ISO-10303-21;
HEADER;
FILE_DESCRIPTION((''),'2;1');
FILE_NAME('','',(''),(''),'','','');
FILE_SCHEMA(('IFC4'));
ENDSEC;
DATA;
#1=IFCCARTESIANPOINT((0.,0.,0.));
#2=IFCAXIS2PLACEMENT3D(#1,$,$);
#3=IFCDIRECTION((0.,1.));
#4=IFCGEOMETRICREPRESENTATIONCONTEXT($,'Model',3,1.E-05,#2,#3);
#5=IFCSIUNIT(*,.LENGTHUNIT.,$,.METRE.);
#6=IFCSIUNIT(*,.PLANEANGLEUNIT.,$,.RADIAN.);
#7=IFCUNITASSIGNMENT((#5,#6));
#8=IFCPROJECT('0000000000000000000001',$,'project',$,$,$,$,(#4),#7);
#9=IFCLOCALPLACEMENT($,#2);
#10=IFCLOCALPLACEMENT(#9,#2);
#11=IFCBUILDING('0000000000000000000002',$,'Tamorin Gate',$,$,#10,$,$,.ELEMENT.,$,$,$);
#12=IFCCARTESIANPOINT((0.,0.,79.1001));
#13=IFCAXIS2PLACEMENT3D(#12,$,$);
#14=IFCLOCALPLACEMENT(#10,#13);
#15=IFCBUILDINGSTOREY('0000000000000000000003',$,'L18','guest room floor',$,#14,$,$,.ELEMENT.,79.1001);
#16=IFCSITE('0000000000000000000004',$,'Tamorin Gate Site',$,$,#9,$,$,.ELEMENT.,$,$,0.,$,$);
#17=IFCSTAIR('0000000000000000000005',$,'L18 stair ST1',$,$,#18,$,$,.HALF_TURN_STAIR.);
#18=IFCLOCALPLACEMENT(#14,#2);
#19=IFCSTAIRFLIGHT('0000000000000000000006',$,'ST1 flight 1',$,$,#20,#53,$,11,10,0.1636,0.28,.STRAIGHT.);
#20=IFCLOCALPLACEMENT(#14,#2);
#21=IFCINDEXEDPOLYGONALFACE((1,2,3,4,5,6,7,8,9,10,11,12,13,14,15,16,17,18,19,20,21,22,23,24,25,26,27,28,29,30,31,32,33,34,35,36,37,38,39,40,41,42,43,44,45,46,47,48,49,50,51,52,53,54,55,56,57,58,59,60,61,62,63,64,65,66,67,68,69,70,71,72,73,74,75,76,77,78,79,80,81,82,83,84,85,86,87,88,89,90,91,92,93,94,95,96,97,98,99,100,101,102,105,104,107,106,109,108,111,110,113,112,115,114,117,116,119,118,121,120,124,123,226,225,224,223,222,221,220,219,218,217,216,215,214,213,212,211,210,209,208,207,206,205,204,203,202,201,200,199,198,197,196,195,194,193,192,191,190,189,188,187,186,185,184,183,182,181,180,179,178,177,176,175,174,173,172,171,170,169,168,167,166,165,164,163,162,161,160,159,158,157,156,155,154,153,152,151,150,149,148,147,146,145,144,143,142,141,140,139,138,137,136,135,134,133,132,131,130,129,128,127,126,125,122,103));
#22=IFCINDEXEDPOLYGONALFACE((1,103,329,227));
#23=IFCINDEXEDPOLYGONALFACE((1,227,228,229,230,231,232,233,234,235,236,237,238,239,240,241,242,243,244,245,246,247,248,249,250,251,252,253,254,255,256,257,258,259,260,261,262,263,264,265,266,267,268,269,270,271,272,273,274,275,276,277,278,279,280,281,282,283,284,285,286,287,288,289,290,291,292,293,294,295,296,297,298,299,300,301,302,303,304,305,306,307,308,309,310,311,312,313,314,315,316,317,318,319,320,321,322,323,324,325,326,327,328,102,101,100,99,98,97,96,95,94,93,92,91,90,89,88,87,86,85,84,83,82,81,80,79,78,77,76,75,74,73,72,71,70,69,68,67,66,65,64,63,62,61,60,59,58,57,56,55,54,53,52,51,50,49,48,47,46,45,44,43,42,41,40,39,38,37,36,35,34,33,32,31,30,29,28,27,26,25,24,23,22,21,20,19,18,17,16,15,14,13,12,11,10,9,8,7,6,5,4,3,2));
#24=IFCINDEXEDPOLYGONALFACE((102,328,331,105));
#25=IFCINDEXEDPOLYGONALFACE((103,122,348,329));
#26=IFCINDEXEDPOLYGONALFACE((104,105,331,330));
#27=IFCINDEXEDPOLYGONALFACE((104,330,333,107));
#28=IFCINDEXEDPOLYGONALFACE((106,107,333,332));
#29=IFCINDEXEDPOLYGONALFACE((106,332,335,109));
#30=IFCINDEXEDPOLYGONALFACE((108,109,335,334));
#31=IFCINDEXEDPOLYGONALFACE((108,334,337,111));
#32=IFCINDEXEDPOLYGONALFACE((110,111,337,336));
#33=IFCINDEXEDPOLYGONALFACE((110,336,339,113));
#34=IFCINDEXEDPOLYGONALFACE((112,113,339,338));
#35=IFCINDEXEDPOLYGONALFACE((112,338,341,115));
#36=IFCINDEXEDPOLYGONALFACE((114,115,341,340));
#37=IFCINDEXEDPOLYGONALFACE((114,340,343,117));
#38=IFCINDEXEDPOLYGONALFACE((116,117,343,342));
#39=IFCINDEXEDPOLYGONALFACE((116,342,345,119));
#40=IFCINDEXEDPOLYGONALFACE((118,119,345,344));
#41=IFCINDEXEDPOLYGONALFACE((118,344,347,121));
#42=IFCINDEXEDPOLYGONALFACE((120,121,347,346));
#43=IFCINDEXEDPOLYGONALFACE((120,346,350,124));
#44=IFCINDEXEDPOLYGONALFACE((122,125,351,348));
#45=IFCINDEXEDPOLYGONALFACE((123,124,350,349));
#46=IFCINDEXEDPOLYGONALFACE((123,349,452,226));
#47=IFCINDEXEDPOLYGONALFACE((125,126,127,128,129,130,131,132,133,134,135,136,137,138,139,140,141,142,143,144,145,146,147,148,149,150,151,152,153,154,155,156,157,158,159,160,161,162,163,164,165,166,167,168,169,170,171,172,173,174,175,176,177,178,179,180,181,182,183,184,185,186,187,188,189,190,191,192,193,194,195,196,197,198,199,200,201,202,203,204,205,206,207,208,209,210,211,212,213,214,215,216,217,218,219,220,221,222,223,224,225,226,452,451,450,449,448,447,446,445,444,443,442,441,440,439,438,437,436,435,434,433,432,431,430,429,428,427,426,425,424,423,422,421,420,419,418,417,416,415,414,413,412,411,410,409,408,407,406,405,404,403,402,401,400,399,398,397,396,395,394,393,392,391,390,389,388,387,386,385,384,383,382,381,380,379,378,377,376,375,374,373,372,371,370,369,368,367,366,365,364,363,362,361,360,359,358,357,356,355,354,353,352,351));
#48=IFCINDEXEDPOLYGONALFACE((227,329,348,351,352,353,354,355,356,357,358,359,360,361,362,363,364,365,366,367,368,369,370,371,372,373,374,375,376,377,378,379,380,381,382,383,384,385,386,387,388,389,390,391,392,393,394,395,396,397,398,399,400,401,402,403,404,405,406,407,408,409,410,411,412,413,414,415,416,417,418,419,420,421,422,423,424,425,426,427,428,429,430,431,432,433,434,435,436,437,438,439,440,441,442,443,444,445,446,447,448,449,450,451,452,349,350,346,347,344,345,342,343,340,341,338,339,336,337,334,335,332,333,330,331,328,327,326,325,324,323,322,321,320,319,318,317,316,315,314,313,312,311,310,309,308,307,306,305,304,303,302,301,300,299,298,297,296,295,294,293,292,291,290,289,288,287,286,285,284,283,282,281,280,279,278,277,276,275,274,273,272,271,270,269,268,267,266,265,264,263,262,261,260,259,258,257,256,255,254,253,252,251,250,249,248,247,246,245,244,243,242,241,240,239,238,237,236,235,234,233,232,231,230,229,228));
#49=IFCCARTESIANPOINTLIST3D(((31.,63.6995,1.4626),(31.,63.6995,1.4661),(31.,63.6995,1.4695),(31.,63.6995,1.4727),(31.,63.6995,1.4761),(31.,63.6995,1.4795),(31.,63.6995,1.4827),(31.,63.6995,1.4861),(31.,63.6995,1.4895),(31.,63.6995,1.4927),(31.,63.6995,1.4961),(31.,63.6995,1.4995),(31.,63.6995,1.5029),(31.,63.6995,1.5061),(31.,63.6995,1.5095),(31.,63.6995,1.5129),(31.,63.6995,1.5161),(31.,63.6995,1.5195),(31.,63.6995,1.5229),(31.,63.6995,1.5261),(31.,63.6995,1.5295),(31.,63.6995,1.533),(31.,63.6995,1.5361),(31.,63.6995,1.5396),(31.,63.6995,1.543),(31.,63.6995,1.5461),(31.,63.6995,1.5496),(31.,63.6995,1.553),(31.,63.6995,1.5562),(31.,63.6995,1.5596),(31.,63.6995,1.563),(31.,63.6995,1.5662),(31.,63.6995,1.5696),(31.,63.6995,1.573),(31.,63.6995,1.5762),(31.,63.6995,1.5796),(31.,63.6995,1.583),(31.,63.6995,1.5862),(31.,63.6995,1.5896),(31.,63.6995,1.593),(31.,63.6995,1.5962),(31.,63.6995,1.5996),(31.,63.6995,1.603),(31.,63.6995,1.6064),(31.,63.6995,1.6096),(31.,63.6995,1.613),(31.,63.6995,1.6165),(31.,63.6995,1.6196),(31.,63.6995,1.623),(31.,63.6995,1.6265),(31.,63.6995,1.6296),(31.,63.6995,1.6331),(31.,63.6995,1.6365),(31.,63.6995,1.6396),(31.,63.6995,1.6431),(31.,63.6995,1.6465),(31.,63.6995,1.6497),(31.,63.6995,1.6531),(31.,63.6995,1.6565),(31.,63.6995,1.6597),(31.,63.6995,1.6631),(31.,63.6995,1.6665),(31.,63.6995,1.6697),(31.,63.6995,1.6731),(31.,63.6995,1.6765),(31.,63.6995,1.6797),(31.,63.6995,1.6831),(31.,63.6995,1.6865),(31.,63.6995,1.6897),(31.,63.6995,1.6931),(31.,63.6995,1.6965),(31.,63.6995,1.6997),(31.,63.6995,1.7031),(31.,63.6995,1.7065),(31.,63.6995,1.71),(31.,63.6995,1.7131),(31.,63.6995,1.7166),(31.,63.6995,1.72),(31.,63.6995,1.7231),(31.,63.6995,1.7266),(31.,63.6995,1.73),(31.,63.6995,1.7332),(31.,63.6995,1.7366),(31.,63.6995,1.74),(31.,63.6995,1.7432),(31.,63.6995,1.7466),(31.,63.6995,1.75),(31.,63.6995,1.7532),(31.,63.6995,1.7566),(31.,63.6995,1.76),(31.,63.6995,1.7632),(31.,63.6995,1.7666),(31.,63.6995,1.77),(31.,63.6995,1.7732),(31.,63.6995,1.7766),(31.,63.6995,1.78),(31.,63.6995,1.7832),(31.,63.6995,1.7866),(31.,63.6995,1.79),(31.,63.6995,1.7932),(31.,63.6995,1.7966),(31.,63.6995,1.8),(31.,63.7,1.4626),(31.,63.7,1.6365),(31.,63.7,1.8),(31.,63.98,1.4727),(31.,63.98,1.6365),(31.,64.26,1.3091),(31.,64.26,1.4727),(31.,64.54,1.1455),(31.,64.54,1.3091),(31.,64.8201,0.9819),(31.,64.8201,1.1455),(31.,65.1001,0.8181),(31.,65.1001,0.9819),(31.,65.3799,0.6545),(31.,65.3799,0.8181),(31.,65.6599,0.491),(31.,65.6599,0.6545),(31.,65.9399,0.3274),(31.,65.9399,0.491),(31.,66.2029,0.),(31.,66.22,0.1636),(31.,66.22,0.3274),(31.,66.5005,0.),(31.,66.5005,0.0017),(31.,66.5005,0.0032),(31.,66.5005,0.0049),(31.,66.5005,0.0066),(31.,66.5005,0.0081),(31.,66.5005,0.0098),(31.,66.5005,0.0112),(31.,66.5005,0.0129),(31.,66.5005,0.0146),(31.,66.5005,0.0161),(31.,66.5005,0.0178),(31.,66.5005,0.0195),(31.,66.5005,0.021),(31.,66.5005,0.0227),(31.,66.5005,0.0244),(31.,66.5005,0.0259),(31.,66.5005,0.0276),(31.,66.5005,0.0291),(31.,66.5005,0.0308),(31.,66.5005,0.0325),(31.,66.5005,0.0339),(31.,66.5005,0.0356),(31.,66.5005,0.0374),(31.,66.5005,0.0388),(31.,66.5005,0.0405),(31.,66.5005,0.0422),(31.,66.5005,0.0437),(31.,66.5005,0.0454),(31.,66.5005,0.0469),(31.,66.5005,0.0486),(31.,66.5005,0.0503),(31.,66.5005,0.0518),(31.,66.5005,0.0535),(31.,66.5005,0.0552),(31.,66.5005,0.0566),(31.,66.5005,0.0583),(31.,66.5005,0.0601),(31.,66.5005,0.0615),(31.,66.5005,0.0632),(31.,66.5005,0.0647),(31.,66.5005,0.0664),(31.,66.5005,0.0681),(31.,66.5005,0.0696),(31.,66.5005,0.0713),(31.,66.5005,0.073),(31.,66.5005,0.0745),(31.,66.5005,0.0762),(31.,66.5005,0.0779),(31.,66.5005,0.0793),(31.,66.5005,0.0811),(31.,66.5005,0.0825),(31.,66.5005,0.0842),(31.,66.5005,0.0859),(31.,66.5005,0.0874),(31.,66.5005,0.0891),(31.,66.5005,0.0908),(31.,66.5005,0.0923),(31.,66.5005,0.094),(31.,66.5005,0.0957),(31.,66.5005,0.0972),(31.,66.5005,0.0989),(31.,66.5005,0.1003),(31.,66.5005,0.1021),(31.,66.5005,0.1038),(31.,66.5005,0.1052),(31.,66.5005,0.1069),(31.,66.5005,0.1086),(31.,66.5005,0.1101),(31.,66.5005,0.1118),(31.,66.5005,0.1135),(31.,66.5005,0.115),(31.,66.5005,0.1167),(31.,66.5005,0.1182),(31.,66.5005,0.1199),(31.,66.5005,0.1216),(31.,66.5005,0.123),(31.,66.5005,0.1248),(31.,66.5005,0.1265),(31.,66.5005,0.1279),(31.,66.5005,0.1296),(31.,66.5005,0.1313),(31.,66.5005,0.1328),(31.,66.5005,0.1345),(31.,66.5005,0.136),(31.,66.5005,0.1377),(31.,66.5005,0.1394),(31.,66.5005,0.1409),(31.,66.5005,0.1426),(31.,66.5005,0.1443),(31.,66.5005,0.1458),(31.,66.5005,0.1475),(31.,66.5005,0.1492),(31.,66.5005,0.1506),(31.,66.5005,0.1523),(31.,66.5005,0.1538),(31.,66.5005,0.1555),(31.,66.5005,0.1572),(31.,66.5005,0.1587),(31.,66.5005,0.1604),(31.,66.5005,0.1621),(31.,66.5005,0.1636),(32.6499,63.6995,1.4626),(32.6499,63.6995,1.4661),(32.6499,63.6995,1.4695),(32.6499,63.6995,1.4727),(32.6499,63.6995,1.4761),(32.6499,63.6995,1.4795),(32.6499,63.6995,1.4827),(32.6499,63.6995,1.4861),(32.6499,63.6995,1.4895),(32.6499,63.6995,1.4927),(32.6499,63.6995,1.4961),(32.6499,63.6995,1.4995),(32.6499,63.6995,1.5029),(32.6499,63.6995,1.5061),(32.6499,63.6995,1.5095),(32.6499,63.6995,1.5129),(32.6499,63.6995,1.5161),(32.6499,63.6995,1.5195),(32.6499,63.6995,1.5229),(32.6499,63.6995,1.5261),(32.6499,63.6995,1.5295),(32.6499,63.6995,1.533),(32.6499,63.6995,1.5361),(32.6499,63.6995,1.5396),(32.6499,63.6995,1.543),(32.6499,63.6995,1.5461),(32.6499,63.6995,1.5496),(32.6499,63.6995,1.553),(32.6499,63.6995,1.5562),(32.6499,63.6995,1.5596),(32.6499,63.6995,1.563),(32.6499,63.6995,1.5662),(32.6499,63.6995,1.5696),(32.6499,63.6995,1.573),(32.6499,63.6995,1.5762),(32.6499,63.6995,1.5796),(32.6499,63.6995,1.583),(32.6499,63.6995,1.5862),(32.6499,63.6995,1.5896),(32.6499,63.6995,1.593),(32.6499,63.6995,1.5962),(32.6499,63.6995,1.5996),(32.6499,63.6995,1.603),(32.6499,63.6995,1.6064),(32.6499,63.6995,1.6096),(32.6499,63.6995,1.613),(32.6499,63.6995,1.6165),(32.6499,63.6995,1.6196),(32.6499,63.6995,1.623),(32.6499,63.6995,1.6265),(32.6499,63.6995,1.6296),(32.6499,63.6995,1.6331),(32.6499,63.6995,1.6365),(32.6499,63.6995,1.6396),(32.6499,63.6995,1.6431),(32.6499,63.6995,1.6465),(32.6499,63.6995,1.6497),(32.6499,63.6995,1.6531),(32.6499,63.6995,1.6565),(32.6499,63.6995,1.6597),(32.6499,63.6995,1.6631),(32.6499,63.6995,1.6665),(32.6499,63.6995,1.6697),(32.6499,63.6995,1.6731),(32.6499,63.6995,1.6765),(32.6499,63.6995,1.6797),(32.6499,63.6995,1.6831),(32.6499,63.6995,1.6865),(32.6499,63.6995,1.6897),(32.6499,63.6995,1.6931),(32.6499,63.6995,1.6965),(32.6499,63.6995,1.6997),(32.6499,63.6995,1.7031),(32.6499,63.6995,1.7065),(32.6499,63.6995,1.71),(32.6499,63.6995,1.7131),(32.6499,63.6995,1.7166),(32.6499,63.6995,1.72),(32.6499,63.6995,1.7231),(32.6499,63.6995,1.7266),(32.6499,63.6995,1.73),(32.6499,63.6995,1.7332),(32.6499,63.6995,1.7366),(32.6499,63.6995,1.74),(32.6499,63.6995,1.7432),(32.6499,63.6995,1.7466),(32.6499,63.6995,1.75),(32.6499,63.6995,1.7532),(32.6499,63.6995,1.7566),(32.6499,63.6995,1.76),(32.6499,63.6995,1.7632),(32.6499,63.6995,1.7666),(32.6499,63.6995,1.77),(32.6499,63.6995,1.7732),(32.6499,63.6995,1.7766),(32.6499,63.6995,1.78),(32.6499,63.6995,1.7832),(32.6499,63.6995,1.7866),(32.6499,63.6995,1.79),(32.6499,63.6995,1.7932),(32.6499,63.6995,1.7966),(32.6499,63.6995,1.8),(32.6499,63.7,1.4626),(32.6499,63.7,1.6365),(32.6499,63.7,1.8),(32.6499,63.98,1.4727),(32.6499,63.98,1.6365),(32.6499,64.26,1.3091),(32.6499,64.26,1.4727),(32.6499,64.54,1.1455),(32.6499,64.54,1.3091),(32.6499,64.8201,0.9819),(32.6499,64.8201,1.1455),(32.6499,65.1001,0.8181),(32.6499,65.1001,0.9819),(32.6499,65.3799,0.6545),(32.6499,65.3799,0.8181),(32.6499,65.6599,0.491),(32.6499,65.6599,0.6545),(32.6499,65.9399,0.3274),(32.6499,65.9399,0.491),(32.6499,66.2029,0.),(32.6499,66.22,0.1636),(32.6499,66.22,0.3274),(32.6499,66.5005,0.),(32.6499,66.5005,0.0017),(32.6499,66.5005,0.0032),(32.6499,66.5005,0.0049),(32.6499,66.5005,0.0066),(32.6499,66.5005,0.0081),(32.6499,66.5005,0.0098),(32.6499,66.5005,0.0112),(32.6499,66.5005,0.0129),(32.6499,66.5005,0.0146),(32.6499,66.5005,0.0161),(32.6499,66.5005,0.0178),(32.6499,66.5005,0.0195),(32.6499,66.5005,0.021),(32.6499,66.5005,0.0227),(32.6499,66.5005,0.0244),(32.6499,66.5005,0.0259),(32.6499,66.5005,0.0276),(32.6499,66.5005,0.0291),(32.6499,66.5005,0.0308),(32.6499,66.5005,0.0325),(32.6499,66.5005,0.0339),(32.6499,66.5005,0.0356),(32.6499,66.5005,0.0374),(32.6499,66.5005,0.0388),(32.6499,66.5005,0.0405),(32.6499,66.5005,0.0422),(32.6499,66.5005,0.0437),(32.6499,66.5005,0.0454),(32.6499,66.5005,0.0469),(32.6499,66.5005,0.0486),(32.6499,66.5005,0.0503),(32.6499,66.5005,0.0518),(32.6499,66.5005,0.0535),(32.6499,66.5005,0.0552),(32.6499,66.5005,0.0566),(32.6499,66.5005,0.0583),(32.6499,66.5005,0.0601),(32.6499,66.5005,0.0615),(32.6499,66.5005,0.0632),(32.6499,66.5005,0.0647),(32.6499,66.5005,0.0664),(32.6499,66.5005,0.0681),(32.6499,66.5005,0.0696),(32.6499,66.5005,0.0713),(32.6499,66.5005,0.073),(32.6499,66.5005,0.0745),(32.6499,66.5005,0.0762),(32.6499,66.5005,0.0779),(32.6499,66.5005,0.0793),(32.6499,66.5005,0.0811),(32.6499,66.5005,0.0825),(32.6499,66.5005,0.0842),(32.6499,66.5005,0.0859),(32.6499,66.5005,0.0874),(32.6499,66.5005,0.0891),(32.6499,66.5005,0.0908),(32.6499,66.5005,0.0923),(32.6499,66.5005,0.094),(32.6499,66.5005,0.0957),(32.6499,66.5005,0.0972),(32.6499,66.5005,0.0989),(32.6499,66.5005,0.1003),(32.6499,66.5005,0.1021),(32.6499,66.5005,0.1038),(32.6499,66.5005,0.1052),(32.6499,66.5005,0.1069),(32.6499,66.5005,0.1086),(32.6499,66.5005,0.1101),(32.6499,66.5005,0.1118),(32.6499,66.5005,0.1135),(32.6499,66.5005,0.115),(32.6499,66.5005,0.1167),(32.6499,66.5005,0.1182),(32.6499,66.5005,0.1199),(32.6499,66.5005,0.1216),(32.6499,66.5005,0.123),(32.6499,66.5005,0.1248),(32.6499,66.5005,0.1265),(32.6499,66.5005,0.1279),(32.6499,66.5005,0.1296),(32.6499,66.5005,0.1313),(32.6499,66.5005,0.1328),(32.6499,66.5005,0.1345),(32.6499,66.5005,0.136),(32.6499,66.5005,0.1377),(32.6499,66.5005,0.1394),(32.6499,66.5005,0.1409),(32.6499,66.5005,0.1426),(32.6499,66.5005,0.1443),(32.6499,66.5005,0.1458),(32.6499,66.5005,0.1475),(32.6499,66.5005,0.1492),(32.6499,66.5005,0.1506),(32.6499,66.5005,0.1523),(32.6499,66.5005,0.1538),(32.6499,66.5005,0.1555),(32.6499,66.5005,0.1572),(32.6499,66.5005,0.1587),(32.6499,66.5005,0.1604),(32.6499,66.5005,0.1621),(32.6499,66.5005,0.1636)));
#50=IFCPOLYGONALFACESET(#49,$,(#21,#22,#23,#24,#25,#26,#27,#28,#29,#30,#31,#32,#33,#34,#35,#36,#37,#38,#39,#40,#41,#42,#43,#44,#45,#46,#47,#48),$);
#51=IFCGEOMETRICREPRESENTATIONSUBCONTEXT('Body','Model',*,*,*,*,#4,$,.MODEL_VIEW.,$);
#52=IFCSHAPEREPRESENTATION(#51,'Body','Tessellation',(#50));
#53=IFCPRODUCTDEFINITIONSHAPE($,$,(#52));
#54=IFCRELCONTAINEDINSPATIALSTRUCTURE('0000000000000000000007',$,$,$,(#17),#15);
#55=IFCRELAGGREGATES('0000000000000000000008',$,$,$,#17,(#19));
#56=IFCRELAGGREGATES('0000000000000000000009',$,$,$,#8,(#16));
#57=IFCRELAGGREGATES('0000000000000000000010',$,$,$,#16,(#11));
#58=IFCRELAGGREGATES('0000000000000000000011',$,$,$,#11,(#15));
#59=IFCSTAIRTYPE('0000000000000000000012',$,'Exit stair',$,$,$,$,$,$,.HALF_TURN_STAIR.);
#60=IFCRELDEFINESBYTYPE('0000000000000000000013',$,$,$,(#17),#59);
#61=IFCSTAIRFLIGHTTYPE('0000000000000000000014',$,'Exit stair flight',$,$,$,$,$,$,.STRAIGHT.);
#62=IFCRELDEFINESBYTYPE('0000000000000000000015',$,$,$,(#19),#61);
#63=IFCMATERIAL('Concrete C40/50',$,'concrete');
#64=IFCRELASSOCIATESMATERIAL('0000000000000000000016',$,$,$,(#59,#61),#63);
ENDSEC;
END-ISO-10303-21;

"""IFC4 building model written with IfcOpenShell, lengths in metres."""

from ifc_helpers import new_model, si_unit, direction, frame, origin, place, context, subcontext, project, spatial, polyline, outline, extrude, material, type_object, element, aggregate, save


model = new_model("IFC4")

# Units and contexts
model_context = context("Model", 3, precision=1e-05, world=origin(), true_north=direction((0.0, 1.0)))
body_context = subcontext(model_context, "Body", "Model", "MODEL_VIEW")
ifc_project = project(units=[si_unit("LENGTHUNIT", "METRE"), si_unit("PLANEANGLEUNIT", "RADIAN")], contexts=[model_context])

# Site, building, storey
site_placement = place(None, origin())
site = spatial("IfcSite", under=ifc_project, at=site_placement, Name="Tamorin Gate Site", CompositionType="ELEMENT", RefElevation=0.0)
building_placement = place(site_placement, origin())
building = spatial("IfcBuilding", under=site, at=building_placement, Name="Tamorin Gate", CompositionType="ELEMENT")
storey_placement = place(building_placement, frame((0.0, 0.0, 79.1001)))
storey = spatial("IfcBuildingStorey", under=building, at=storey_placement, Name="L18", Description="guest room floor", CompositionType="ELEMENT", Elevation=79.1001)

# Shared definitions
ifc_material_1 = material(Name="Concrete C40/50", Category="concrete")

# Stair, stair flight
stair_type = type_object("IfcStairType", Name="Exit stair", PredefinedType="HALF_TURN_STAIR", material=ifc_material_1)
stair_placement = place(storey_placement, origin())
stair = element("IfcStair", 1, at=stair_placement, inside=storey, type_object=stair_type, Name="L18 stair ST1", PredefinedType="HALF_TURN_STAIR")
stair_flight_type = type_object("IfcStairFlightType", Name="Exit stair flight", PredefinedType="STRAIGHT", material=ifc_material_1)
stair_flight_1_placement = place(storey_placement, frame((31.825, 66.5, 0.0), z_axis=(0.0, 0.0, 1.0), x_axis=(0.0, -1.0, 0.0)))
stair_flight_1 = element("IfcStairFlight", 2, at=stair_flight_1_placement, type_object=stair_flight_type, Name="ST1 flight 1", NumberOfRisers=11, NumberOfTreads=10, PredefinedType="STRAIGHT", RiserHeight=0.1636, TreadLength=0.28, context=body_context, shape_type="SweptSolid", body=[
    extrude(outline(polyline([(-0.0005, 0.0), (-0.0005, 0.0017), (-0.0005, 0.0032), (-0.0005, 0.0049), (-0.0005, 0.0066), (-0.0005, 0.0081), (-0.0005, 0.0098), (-0.0005, 0.0112), (-0.0005, 0.0129), (-0.0005, 0.0146), (-0.0005, 0.0161), (-0.0005, 0.0178), (-0.0005, 0.0195), (-0.0005, 0.021), (-0.0005, 0.0227), (-0.0005, 0.0244), (-0.0005, 0.0259), (-0.0005, 0.0276), (-0.0005, 0.0291), (-0.0005, 0.0308), (-0.0005, 0.0325), (-0.0005, 0.0339), (-0.0005, 0.0356), (-0.0005, 0.0374), (-0.0005, 0.0388), (-0.0005, 0.0405), (-0.0005, 0.0422), (-0.0005, 0.0437), (-0.0005, 0.0454), (-0.0005, 0.0469), (-0.0005, 0.0486), (-0.0005, 0.0503), (-0.0005, 0.0518), (-0.0005, 0.0535), (-0.0005, 0.0552), (-0.0005, 0.0566), (-0.0005, 0.0583), (-0.0005, 0.0601), (-0.0005, 0.0615), (-0.0005, 0.0632), (-0.0005, 0.0647), (-0.0005, 0.0664), (-0.0005, 0.0681), (-0.0005, 0.0696), (-0.0005, 0.0713), (-0.0005, 0.073), (-0.0005, 0.0745), (-0.0005, 0.0762), (-0.0005, 0.0779), (-0.0005, 0.0793), (-0.0005, 0.0811), (-0.0005, 0.0825), (-0.0005, 0.0842), (-0.0005, 0.0859), (-0.0005, 0.0874), (-0.0005, 0.0891), (-0.0005, 0.0908), (-0.0005, 0.0923), (-0.0005, 0.094), (-0.0005, 0.0957), (-0.0005, 0.0972), (-0.0005, 0.0989), (-0.0005, 0.1003), (-0.0005, 0.1021), (-0.0005, 0.1038), (-0.0005, 0.1052), (-0.0005, 0.1069), (-0.0005, 0.1086), (-0.0005, 0.1101), (-0.0005, 0.1118), (-0.0005, 0.1135), (-0.0005, 0.115), (-0.0005, 0.1167), (-0.0005, 0.1182), (-0.0005, 0.1199), (-0.0005, 0.1216), (-0.0005, 0.123), (-0.0005, 0.1248), (-0.0005, 0.1265), (-0.0005, 0.1279), (-0.0005, 0.1296), (-0.0005, 0.1313), (-0.0005, 0.1328), (-0.0005, 0.1345), (-0.0005, 0.136), (-0.0005, 0.1377), (-0.0005, 0.1394), (-0.0005, 0.1409), (-0.0005, 0.1426), (-0.0005, 0.1443), (-0.0005, 0.1458), (-0.0005, 0.1475), (-0.0005, 0.1492), (-0.0005, 0.1506), (-0.0005, 0.1523), (-0.0005, 0.1538), (-0.0005, 0.1555), (-0.0005, 0.1572), (-0.0005, 0.1587), (-0.0005, 0.1604), (-0.0005, 0.1621), (-0.0005, 0.1636), (0.28, 0.1636), (0.28, 0.3274), (0.5601, 0.3274), (0.5601, 0.491), (0.8401, 0.491), (0.8401, 0.6545), (1.1201, 0.6545), (1.1201, 0.8181), (1.3999, 0.8181), (1.3999, 0.9819), (1.6799, 0.9819), (1.6799, 1.1455), (1.96, 1.1455), (1.96, 1.3091), (2.24, 1.3091), (2.24, 1.4727), (2.52, 1.4727), (2.52, 1.6365), (2.8, 1.6365), (2.8, 1.8), (2.8005, 1.8), (2.8005, 1.7966), (2.8005, 1.7932), (2.8005, 1.79), (2.8005, 1.7866), (2.8005, 1.7832), (2.8005, 1.78), (2.8005, 1.7766), (2.8005, 1.7732), (2.8005, 1.77), (2.8005, 1.7666), (2.8005, 1.7632), (2.8005, 1.76), (2.8005, 1.7566), (2.8005, 1.7532), (2.8005, 1.75), (2.8005, 1.7466), (2.8005, 1.7432), (2.8005, 1.74), (2.8005, 1.7366), (2.8005, 1.7332), (2.8005, 1.73), (2.8005, 1.7266), (2.8005, 1.7231), (2.8005, 1.72), (2.8005, 1.7166), (2.8005, 1.7131), (2.8005, 1.71), (2.8005, 1.7065), (2.8005, 1.7031), (2.8005, 1.6997), (2.8005, 1.6965), (2.8005, 1.6931), (2.8005, 1.6897), (2.8005, 1.6865), (2.8005, 1.6831), (2.8005, 1.6797), (2.8005, 1.6765), (2.8005, 1.6731), (2.8005, 1.6697), (2.8005, 1.6665), (2.8005, 1.6631), (2.8005, 1.6597), (2.8005, 1.6565), (2.8005, 1.6531), (2.8005, 1.6497), (2.8005, 1.6465), (2.8005, 1.6431), (2.8005, 1.6396), (2.8005, 1.6365), (2.8005, 1.6331), (2.8005, 1.6296), (2.8005, 1.6265), (2.8005, 1.623), (2.8005, 1.6196), (2.8005, 1.6165), (2.8005, 1.613), (2.8005, 1.6096), (2.8005, 1.6064), (2.8005, 1.603), (2.8005, 1.5996), (2.8005, 1.5962), (2.8005, 1.593), (2.8005, 1.5896), (2.8005, 1.5862), (2.8005, 1.583), (2.8005, 1.5796), (2.8005, 1.5762), (2.8005, 1.573), (2.8005, 1.5696), (2.8005, 1.5662), (2.8005, 1.563), (2.8005, 1.5596), (2.8005, 1.5562), (2.8005, 1.553), (2.8005, 1.5496), (2.8005, 1.5461), (2.8005, 1.543), (2.8005, 1.5396), (2.8005, 1.5361), (2.8005, 1.533), (2.8005, 1.5295), (2.8005, 1.5261), (2.8005, 1.5229), (2.8005, 1.5195), (2.8005, 1.5161), (2.8005, 1.5129), (2.8005, 1.5095), (2.8005, 1.5061), (2.8005, 1.5029), (2.8005, 1.4995), (2.8005, 1.4961), (2.8005, 1.4927), (2.8005, 1.4895), (2.8005, 1.4861), (2.8005, 1.4827), (2.8005, 1.4795), (2.8005, 1.4761), (2.8005, 1.4727), (2.8005, 1.4695), (2.8005, 1.4661), (2.8005, 1.4626), (2.8, 1.4626), (0.2971, 0.0), (-0.0005, 0.0)])), frame((0.0, 0.825, 0.0), z_axis=(0.0, -1.0, 0.0), x_axis=(1.0, 0.0, 0.0)), (0.0, 0.0, 1.0), 1.6499),
])
aggregate(stair, [stair_flight_1])

save(model, "model.ifc")
